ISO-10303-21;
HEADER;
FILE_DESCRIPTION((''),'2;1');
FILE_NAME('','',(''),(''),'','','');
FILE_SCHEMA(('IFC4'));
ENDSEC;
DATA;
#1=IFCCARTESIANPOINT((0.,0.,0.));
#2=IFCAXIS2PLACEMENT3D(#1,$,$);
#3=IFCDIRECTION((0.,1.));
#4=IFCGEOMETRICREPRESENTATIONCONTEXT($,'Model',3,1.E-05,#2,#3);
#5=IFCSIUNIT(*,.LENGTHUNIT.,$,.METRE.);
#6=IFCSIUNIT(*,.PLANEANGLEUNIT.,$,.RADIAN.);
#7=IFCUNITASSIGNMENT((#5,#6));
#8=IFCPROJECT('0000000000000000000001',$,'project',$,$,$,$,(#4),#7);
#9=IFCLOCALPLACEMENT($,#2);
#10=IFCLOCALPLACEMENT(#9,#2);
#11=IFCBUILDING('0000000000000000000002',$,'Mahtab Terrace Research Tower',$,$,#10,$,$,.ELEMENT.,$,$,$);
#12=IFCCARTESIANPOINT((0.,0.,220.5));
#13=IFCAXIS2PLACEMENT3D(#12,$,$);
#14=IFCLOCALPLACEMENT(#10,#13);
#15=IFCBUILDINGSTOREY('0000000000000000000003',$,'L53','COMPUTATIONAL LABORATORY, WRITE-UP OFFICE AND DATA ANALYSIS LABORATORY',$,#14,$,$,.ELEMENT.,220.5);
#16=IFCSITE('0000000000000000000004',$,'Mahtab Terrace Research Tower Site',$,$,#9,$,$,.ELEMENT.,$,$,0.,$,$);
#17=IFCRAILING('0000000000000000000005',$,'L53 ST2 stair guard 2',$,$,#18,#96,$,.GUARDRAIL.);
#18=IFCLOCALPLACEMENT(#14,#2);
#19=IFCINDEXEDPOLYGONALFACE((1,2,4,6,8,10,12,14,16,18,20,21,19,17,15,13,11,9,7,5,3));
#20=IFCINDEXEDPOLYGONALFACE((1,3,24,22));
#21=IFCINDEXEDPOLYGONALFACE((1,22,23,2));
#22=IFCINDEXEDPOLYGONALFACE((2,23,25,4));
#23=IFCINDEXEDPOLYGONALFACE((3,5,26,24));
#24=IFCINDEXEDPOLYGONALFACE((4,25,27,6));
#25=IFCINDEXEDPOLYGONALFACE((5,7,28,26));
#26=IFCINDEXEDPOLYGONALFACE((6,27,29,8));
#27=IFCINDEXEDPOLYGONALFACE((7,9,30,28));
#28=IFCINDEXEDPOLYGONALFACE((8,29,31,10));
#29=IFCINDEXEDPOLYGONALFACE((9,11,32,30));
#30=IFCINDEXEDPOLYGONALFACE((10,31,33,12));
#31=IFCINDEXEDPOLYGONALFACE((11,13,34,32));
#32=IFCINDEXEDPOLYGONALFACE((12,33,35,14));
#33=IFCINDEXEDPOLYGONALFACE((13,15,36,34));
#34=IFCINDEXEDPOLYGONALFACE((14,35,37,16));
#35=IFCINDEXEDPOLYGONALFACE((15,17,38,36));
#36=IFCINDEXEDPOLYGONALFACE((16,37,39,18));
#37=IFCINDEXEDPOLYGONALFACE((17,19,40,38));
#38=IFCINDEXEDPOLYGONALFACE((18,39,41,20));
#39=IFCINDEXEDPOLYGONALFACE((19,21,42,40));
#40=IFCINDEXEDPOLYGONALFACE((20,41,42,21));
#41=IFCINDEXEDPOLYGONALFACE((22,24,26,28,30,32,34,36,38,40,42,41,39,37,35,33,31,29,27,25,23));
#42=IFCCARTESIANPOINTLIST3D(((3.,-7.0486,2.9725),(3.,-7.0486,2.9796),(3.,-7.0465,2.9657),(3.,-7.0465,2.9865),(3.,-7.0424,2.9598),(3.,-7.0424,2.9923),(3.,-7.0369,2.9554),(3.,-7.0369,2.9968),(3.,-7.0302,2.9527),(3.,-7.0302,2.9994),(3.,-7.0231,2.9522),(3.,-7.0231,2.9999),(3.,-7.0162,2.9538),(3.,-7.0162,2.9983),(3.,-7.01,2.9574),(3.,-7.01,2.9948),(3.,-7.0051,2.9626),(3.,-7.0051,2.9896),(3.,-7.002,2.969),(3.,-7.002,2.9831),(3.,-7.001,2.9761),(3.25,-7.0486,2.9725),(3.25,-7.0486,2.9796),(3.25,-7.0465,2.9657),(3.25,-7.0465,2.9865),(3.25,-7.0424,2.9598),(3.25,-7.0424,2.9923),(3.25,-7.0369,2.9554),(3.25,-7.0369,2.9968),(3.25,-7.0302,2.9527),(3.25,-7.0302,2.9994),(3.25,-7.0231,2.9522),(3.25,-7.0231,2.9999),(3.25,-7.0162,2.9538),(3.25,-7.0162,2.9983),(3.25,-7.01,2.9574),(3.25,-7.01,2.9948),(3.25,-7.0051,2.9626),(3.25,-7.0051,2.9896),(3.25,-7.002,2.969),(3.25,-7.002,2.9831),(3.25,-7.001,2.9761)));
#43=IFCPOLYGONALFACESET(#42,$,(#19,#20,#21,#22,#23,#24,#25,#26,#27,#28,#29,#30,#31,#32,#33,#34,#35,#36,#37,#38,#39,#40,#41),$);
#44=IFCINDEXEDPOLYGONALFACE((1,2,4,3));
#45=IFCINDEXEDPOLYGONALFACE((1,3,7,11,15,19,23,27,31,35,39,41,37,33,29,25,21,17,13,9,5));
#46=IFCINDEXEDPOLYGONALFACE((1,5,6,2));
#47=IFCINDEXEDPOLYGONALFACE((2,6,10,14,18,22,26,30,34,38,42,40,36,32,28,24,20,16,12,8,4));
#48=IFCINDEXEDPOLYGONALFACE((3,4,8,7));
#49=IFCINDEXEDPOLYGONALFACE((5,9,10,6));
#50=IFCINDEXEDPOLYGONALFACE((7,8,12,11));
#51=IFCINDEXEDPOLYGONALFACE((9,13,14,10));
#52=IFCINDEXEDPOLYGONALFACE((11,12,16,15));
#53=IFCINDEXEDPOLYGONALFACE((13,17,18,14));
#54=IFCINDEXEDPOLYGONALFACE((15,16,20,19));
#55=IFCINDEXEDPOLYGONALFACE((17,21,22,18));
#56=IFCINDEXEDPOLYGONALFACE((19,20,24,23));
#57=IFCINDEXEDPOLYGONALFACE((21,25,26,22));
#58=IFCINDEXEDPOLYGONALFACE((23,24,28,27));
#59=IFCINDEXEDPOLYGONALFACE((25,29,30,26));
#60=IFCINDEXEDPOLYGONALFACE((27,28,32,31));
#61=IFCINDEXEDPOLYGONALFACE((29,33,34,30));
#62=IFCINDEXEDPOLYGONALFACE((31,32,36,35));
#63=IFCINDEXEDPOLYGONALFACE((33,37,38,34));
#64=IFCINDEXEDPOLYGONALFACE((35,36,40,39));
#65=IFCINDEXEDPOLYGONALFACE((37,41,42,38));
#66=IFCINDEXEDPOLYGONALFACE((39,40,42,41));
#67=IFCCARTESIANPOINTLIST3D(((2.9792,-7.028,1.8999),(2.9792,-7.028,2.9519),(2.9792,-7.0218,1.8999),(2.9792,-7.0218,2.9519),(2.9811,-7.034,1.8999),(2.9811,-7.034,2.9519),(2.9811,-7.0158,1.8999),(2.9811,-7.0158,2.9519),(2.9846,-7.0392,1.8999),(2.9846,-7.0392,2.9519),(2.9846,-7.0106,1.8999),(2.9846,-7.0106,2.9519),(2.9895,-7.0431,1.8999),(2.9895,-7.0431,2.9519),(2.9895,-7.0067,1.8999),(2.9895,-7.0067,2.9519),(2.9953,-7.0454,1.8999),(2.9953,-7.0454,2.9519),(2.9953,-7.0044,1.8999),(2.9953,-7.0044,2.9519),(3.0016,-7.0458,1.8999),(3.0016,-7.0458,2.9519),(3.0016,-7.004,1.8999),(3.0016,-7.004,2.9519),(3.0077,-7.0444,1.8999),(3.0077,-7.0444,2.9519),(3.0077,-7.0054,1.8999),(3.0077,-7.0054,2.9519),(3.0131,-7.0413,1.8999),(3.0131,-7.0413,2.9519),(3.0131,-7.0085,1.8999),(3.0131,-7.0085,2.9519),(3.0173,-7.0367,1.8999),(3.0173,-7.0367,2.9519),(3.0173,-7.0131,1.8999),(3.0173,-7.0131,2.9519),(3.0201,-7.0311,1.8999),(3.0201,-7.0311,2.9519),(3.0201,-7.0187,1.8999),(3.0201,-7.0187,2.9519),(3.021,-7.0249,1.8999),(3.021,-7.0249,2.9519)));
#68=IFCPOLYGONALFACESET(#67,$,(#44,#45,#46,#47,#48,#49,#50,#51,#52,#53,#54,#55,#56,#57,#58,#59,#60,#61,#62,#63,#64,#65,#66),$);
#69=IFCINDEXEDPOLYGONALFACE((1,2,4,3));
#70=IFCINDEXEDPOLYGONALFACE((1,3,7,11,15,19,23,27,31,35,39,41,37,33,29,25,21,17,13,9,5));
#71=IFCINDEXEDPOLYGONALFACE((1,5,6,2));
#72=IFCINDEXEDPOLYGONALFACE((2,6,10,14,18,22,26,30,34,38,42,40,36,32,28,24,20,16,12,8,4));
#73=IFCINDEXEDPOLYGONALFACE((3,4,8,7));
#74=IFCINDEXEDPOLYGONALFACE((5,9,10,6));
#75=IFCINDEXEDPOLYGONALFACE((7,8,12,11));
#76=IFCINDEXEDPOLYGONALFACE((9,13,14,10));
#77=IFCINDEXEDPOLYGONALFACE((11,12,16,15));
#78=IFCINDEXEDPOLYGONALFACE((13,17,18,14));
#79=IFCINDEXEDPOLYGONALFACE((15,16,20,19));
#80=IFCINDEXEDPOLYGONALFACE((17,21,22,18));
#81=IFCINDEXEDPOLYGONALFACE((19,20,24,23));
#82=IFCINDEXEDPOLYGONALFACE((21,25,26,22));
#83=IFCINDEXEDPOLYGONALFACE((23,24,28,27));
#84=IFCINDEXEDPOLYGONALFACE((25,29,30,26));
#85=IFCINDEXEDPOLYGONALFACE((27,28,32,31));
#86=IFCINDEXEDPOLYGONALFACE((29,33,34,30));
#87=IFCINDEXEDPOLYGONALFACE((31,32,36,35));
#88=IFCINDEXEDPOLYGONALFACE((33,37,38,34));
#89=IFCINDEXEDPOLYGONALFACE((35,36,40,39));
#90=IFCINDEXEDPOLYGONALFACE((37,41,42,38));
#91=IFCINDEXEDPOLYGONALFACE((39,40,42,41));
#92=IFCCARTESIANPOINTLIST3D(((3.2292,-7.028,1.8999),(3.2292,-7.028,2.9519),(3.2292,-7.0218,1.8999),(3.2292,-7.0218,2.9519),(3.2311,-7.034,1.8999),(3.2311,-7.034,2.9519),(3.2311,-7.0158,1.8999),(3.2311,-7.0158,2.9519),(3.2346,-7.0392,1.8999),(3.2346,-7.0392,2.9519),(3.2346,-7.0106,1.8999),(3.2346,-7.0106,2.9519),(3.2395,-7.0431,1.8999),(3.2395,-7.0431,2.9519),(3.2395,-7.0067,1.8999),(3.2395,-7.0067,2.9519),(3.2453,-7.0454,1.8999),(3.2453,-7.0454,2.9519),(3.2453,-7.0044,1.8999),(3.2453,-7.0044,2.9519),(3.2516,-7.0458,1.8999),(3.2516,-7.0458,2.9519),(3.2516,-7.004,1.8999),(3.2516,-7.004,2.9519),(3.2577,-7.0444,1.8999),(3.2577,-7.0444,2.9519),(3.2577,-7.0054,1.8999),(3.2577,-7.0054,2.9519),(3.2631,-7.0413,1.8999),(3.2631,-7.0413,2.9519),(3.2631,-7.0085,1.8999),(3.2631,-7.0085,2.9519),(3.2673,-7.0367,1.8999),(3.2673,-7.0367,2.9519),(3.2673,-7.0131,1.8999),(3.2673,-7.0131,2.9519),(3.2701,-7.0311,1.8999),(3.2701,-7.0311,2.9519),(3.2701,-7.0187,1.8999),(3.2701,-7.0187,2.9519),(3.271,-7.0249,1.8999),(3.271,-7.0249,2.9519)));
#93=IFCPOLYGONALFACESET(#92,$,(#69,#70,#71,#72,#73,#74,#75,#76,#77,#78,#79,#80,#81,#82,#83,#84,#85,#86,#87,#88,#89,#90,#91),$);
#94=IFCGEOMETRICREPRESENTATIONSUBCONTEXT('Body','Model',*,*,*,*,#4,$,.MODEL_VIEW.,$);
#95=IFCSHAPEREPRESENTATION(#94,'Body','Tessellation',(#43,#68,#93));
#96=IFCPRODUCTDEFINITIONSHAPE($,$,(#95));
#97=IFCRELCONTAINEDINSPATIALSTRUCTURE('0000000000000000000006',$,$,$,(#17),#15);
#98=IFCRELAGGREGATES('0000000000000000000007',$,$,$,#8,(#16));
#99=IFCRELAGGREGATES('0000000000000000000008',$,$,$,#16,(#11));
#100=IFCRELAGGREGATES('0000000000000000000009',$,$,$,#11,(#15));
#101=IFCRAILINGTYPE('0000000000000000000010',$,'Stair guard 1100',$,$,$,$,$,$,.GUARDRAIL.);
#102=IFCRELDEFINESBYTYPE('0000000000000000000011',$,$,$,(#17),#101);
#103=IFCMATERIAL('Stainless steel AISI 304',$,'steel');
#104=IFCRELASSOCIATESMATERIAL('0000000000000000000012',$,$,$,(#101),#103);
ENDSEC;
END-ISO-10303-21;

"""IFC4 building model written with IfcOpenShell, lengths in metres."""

from ifc_helpers import new_model, si_unit, direction, frame, origin, origin_2d, place, context, subcontext, project, spatial, circle, extrude, material, type_object, element, save


model = new_model("IFC4")

# Units and contexts
model_context = context("Model", 3, precision=1e-05, world=origin(), true_north=direction((0.0, 1.0)))
body_context = subcontext(model_context, "Body", "Model", "MODEL_VIEW")
ifc_project = project(units=[si_unit("LENGTHUNIT", "METRE"), si_unit("PLANEANGLEUNIT", "RADIAN")], contexts=[model_context])

# Site, building, storey
site_placement = place(None, origin())
site = spatial("IfcSite", under=ifc_project, at=site_placement, Name="Mahtab Terrace Research Tower Site", CompositionType="ELEMENT", RefElevation=0.0)
building_placement = place(site_placement, origin())
building = spatial("IfcBuilding", under=site, at=building_placement, Name="Mahtab Terrace Research Tower", CompositionType="ELEMENT")
storey_placement = place(building_placement, frame((0.0, 0.0, 220.5)))
storey = spatial("IfcBuildingStorey", under=building, at=storey_placement, Name="L53", Description="COMPUTATIONAL LABORATORY, WRITE-UP OFFICE AND DATA ANALYSIS LABORATORY", CompositionType="ELEMENT", Elevation=220.5)

# Railing
ifc_material_1 = material(Name="Stainless steel AISI 304", Category="steel")
railing_type_1 = type_object("IfcRailingType", Name="Stair guard 1100", PredefinedType="GUARDRAIL", material=ifc_material_1)
railing_1_placement = place(storey_placement, frame((3.0, -7.0249, 1.8999)))
element("IfcRailing", 1, at=railing_1_placement, inside=storey, type_object=railing_type_1, Name="L53 ST2 stair guard 2", PredefinedType="GUARDRAIL", context=body_context, shape_type="SweptSolid", body=[
    extrude(circle(Radius=0.0239, at=origin_2d()), frame((0.0, 0.0, 1.0762), z_axis=(1.0, 0.0, 0.0), x_axis=(0.0, 1.0, 0.0)), (0.0, 0.0, 1.0), 0.25),
    extrude(circle(Radius=0.021, at=origin_2d()), origin(), (0.0, 0.0, 1.0), 1.052),
    extrude(circle(Radius=0.021, at=origin_2d()), frame((0.25, 0.0, 0.0)), (0.0, 0.0, 1.0), 1.052),
])

save(model, "model.ifc")
